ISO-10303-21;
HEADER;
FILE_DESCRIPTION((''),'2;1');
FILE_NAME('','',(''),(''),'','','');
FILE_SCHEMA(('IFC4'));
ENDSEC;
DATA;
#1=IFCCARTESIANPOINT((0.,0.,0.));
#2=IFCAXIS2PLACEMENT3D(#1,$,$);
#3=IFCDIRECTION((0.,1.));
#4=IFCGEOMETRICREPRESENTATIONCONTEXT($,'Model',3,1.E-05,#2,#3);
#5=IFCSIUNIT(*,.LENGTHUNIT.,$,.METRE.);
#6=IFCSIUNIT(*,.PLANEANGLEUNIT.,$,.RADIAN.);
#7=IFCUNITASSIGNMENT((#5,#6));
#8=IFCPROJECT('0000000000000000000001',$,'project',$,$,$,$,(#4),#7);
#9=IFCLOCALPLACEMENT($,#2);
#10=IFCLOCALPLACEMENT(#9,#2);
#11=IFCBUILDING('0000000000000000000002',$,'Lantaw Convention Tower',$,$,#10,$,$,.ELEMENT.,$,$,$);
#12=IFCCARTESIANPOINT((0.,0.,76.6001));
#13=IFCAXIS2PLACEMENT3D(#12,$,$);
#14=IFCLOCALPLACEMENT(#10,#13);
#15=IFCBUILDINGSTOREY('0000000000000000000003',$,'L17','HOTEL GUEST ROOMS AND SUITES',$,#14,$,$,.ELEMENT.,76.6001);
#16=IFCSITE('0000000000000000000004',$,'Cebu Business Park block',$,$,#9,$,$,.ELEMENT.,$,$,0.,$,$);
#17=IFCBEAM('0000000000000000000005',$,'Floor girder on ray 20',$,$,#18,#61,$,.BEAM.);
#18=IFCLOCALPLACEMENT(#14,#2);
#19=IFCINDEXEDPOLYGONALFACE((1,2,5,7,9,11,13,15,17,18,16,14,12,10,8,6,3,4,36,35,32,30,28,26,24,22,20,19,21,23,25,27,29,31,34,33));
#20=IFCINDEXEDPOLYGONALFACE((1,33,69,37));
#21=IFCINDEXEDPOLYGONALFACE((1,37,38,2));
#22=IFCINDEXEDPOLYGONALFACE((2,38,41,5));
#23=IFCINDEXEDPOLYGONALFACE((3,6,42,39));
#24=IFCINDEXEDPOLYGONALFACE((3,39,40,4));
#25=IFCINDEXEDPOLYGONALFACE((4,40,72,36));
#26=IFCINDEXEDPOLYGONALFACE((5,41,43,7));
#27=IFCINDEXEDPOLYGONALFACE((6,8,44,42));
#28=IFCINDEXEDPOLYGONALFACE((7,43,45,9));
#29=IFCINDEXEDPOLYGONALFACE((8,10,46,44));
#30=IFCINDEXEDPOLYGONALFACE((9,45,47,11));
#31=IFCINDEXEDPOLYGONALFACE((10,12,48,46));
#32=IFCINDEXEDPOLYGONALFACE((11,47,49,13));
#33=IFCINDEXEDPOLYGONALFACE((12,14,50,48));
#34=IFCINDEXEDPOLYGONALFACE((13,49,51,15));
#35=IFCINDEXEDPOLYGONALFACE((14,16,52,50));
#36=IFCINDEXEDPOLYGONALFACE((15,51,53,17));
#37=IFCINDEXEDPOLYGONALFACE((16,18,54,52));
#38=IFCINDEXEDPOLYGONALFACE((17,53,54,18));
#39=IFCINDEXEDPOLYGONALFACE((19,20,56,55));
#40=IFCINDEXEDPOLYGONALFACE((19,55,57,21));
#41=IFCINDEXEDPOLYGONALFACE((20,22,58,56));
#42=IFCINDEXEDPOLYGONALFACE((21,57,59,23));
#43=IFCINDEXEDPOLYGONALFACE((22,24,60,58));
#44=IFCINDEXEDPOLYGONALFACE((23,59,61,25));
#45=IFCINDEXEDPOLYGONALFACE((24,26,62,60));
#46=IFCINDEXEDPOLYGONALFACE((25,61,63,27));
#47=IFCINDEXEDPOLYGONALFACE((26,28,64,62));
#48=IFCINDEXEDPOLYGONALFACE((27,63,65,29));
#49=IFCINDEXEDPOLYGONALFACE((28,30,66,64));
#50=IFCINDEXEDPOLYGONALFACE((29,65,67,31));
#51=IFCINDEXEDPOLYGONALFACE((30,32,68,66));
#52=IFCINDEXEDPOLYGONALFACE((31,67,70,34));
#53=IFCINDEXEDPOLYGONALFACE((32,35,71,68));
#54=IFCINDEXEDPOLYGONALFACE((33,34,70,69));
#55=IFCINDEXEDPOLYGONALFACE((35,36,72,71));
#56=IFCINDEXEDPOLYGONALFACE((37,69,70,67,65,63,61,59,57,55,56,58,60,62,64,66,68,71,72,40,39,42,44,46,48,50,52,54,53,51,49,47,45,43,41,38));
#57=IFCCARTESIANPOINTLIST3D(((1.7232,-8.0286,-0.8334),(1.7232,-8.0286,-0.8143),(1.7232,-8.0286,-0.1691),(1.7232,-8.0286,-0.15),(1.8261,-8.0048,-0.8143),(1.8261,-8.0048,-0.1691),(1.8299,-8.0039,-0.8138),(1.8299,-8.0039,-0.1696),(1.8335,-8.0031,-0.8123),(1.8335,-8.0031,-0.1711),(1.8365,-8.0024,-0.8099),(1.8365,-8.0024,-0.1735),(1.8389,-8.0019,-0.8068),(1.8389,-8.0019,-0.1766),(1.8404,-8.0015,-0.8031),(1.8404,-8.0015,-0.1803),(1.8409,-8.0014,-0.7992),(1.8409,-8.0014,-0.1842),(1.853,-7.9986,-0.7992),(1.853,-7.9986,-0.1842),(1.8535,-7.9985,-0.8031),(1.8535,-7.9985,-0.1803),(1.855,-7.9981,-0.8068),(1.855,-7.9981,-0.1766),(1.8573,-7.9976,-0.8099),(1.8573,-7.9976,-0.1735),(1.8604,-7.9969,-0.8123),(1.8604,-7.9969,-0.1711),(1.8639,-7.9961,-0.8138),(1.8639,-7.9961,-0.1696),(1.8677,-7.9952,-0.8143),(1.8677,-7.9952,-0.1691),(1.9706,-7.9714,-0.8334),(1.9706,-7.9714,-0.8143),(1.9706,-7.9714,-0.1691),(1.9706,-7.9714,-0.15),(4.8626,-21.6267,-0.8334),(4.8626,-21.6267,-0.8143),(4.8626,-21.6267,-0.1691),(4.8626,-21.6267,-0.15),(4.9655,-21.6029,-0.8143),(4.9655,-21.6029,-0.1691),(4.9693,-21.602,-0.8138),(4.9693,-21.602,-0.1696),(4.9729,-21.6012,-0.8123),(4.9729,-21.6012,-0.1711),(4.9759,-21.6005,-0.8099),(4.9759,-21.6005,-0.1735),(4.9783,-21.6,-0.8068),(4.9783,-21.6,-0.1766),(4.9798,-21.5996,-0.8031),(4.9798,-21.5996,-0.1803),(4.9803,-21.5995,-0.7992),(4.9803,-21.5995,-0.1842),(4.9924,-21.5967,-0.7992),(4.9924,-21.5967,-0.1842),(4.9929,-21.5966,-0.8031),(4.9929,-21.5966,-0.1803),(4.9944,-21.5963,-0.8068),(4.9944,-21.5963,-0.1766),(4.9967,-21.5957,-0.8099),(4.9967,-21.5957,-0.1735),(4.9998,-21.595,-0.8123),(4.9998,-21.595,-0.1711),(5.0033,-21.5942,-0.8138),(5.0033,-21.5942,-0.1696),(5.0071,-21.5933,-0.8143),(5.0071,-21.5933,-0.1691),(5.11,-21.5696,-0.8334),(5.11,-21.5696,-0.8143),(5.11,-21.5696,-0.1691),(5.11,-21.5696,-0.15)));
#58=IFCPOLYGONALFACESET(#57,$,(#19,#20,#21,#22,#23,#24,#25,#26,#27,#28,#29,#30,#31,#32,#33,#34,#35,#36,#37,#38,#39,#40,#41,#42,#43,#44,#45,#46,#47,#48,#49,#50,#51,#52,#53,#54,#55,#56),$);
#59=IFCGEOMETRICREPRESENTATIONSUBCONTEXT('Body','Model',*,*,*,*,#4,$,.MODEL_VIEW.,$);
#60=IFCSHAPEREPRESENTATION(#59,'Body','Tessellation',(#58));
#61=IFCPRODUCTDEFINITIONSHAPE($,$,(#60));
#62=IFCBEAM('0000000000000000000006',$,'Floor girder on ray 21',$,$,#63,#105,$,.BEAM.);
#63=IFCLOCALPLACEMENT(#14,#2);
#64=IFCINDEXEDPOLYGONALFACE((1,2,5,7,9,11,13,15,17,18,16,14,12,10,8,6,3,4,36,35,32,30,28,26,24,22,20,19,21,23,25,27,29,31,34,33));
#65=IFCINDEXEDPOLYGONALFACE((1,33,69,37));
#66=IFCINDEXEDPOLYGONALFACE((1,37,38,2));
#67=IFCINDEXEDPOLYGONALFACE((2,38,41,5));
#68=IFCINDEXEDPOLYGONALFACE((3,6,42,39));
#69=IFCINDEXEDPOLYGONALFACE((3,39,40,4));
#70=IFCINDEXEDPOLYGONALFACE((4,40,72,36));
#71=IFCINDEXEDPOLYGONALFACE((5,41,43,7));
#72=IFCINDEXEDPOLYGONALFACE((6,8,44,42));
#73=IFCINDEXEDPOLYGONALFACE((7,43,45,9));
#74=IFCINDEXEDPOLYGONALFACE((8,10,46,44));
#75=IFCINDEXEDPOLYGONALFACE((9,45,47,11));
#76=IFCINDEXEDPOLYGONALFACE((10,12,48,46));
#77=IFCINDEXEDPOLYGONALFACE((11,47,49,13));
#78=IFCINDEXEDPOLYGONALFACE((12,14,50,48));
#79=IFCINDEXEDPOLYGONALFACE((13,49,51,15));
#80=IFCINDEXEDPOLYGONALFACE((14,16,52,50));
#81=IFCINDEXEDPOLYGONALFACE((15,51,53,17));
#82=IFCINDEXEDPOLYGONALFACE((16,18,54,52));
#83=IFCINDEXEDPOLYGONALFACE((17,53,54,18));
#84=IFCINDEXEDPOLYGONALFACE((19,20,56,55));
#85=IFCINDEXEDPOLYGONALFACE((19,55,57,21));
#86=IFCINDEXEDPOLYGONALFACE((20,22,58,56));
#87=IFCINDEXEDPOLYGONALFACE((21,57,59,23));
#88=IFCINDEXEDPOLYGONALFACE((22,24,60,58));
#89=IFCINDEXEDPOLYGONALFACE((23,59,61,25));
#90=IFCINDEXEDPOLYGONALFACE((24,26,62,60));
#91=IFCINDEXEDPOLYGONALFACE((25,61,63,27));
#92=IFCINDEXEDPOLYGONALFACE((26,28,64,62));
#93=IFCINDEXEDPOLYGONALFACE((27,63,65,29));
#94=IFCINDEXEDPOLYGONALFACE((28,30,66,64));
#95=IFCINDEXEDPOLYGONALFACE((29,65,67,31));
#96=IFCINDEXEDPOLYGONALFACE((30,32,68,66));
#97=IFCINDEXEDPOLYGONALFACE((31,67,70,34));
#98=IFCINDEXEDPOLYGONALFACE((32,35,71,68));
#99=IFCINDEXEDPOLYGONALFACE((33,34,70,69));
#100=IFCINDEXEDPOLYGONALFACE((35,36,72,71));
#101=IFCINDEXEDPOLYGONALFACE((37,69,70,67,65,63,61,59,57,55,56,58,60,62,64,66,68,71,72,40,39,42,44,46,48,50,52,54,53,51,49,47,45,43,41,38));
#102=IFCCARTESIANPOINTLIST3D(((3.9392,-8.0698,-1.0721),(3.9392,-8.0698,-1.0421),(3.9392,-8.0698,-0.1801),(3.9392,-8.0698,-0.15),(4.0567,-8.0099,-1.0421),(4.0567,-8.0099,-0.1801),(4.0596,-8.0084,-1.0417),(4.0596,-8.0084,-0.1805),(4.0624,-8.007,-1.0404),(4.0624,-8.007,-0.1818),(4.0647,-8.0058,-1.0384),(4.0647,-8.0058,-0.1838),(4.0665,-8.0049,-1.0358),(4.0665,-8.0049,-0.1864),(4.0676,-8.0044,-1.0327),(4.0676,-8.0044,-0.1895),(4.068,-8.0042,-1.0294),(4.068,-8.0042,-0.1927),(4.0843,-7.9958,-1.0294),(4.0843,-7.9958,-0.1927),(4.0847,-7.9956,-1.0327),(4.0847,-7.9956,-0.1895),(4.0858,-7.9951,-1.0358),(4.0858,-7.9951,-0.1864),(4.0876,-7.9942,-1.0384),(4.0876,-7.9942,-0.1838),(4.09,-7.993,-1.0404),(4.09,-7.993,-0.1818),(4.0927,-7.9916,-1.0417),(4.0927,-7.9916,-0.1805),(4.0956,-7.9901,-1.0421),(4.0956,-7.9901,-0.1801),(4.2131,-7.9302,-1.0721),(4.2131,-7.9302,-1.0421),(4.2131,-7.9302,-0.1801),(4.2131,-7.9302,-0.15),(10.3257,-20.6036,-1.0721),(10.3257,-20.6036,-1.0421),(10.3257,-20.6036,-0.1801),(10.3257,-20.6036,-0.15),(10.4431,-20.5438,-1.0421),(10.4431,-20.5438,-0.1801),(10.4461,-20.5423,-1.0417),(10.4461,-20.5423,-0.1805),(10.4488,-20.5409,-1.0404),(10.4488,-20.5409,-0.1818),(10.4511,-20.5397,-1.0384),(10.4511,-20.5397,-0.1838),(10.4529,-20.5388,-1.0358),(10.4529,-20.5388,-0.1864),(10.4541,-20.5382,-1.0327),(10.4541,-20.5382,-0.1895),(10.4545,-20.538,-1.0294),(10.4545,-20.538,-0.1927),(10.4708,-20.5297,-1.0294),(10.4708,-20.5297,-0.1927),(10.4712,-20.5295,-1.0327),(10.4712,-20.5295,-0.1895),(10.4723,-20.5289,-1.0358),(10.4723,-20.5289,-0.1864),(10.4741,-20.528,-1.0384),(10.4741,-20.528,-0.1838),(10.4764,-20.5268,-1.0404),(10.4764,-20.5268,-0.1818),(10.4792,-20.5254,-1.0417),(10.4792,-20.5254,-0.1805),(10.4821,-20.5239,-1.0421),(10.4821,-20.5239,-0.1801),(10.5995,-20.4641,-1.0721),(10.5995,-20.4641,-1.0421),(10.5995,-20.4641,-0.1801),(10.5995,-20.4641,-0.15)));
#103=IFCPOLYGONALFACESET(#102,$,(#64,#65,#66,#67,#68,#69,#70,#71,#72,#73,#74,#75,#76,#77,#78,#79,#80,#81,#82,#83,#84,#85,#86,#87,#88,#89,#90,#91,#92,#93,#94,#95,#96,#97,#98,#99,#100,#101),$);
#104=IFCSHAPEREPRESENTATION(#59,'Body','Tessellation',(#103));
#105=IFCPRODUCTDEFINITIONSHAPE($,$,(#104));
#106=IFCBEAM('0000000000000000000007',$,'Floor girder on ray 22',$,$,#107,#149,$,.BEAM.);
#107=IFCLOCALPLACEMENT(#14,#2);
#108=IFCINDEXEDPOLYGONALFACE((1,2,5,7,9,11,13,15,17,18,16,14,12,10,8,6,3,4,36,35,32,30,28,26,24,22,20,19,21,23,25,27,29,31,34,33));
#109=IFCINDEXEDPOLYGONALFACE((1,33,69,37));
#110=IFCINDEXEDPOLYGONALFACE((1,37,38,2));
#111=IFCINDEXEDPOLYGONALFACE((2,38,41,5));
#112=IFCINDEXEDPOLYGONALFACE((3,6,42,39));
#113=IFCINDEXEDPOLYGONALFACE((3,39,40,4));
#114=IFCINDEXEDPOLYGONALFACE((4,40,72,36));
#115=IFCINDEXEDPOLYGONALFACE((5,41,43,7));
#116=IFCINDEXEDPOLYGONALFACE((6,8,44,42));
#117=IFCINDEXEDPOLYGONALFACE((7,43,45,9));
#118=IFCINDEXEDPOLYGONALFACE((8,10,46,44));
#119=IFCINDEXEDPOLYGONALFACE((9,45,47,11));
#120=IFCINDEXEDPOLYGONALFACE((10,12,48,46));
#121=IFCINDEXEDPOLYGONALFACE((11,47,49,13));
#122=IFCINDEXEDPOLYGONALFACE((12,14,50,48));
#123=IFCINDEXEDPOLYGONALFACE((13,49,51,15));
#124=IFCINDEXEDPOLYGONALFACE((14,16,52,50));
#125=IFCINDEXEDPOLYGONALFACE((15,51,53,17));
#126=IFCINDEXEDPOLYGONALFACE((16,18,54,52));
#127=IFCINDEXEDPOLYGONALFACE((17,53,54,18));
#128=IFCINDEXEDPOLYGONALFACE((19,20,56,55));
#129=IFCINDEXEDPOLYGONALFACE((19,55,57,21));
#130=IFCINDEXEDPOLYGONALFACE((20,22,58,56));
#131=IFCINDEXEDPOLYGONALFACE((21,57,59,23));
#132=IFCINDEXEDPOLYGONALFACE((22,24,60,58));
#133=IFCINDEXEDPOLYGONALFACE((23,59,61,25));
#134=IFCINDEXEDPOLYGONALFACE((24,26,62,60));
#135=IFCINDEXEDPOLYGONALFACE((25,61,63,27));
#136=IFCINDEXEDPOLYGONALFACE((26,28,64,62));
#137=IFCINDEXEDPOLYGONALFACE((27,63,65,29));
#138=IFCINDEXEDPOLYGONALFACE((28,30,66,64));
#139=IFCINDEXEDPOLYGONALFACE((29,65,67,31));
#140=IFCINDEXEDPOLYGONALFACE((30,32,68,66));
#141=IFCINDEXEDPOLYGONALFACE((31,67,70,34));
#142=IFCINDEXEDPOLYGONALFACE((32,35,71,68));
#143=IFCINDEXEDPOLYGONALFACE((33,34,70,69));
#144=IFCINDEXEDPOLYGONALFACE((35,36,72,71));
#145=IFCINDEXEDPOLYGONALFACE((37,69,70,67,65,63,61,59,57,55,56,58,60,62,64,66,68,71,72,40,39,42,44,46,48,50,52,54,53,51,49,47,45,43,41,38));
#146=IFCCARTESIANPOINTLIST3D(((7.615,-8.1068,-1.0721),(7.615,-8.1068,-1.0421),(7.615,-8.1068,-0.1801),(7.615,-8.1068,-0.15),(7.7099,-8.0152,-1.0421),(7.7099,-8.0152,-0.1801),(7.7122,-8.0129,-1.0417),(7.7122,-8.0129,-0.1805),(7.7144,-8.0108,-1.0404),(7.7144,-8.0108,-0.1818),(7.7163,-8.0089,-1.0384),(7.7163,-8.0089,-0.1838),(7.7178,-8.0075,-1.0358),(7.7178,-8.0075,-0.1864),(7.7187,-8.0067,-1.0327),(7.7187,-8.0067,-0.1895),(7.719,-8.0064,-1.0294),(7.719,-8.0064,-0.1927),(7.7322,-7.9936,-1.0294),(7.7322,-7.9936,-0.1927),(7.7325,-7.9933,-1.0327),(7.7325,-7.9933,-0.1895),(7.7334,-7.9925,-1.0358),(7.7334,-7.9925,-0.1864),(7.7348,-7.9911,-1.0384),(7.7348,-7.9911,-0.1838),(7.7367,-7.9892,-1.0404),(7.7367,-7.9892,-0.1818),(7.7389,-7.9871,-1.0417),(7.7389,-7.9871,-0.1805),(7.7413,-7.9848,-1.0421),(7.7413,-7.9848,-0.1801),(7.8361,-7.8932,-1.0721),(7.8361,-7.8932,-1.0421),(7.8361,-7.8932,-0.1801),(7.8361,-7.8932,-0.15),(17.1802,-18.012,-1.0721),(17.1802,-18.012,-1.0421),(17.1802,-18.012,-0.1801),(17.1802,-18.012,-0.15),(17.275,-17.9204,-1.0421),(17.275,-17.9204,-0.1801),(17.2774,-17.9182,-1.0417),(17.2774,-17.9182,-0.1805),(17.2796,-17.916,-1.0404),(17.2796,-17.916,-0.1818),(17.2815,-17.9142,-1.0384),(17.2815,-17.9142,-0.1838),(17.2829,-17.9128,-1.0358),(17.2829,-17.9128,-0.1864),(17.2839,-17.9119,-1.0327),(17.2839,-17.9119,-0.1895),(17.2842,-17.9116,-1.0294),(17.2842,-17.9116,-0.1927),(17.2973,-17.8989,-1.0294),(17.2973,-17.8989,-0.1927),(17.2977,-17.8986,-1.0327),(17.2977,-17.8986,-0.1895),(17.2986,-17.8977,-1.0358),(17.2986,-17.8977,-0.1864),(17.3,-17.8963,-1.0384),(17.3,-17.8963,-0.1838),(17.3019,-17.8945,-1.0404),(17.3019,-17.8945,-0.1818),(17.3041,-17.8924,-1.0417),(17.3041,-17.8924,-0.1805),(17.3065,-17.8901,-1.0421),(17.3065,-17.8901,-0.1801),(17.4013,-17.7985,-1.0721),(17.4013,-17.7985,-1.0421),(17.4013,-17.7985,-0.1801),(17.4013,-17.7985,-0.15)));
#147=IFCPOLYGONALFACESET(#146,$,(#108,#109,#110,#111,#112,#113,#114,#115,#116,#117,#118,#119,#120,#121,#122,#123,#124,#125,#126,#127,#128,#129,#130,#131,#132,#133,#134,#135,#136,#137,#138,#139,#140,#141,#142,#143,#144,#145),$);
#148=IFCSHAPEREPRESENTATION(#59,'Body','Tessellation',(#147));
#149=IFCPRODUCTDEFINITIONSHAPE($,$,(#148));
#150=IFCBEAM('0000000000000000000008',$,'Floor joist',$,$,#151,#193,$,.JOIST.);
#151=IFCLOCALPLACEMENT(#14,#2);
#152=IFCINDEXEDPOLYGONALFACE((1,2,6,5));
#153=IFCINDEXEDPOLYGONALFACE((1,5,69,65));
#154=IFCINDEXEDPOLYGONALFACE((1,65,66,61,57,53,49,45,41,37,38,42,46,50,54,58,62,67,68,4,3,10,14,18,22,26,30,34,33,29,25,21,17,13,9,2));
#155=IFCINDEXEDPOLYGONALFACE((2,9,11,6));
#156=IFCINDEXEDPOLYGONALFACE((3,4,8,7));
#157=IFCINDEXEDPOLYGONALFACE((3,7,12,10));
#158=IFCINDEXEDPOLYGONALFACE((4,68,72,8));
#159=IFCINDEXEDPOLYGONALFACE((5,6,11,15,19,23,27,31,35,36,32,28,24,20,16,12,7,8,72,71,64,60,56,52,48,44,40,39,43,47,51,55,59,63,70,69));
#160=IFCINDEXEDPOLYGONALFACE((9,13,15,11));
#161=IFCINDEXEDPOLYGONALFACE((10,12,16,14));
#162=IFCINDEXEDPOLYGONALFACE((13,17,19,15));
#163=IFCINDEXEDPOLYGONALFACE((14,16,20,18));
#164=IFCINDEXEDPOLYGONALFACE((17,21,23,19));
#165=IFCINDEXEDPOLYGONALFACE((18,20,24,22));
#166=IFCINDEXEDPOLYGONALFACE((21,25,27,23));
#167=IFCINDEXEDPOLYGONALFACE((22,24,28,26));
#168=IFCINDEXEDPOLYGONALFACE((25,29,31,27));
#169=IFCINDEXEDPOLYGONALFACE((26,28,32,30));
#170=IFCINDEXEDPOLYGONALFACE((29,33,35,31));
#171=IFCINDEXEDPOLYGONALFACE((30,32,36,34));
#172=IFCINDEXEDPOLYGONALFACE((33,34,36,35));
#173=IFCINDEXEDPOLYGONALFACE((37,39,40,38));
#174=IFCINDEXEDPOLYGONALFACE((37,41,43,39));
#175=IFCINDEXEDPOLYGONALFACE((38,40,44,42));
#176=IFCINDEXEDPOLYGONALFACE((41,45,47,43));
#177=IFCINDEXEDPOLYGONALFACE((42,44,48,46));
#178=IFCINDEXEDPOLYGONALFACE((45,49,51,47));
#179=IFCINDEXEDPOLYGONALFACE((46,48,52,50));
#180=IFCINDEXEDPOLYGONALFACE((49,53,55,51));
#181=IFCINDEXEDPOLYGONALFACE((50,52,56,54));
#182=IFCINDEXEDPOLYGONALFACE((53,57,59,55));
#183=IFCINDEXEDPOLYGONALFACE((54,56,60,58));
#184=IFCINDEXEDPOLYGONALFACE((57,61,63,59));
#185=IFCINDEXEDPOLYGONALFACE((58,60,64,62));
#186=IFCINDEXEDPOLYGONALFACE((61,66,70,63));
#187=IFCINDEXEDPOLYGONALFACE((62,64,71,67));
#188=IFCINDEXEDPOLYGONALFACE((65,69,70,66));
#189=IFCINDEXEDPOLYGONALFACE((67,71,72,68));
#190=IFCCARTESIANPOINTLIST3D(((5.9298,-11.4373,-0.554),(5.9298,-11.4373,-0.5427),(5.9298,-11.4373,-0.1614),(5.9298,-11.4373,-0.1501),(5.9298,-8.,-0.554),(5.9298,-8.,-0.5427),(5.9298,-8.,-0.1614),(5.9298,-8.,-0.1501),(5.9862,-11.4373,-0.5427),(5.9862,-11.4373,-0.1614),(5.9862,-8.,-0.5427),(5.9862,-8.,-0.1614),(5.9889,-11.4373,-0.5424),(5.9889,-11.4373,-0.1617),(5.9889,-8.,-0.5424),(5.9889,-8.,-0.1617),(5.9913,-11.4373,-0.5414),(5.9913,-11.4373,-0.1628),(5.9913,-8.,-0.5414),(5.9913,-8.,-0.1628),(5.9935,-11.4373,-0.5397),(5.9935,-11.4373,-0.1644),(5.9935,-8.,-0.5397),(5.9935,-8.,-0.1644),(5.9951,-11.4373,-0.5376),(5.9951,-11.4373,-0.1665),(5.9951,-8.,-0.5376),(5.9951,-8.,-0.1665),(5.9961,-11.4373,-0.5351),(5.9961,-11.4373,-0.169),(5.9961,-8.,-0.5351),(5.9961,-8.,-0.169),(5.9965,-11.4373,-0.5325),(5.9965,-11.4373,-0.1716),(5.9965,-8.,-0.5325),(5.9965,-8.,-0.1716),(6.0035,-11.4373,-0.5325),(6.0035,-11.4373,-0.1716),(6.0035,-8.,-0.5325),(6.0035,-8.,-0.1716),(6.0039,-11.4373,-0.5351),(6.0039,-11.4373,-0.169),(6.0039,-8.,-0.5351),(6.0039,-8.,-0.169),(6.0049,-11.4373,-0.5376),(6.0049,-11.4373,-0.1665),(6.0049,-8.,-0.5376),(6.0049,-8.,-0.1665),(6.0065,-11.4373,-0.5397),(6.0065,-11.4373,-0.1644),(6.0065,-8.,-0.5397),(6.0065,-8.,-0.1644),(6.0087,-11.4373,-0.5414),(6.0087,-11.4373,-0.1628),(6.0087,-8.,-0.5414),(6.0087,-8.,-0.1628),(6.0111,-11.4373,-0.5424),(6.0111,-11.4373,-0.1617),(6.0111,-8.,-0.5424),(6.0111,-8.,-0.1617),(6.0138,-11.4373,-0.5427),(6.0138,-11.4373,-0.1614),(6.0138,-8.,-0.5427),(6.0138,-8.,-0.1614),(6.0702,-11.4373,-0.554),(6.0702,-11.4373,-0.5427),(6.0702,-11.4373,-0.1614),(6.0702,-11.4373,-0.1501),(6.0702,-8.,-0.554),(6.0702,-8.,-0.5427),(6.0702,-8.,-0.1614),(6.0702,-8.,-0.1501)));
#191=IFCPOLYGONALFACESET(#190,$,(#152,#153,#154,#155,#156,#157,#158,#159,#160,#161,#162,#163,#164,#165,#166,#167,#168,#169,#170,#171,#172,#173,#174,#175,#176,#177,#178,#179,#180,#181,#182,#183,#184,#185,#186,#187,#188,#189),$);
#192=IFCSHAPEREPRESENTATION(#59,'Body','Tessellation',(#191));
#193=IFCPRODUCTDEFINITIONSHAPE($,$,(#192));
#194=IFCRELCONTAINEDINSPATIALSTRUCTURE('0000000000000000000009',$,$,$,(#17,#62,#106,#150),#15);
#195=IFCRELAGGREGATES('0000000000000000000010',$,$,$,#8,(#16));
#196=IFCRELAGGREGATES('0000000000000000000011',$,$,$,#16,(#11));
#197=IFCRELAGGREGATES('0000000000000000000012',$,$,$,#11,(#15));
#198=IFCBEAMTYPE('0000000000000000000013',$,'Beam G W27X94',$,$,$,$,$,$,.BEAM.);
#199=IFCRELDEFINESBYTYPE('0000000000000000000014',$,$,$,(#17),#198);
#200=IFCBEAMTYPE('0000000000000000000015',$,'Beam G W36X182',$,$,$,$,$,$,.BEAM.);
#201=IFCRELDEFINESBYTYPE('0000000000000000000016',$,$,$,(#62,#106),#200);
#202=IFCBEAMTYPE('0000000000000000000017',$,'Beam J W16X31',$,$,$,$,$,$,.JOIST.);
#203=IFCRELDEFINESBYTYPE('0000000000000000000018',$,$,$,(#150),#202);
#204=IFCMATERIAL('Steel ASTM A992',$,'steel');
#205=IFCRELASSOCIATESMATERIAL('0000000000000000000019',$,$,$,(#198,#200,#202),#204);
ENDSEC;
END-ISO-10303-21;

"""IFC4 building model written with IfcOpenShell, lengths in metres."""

from ifc_helpers import new_model, si_unit, direction, frame, origin, origin_2d, place, context, subcontext, project, spatial, i_section, extrude, material, material_profile, profile_set, type_object, element, save


model = new_model("IFC4")

# Units and contexts
model_context = context("Model", 3, precision=1e-05, world=origin(), true_north=direction((0.0, 1.0)))
body_context = subcontext(model_context, "Body", "Model", "MODEL_VIEW")
ifc_project = project(units=[si_unit("LENGTHUNIT", "METRE"), si_unit("PLANEANGLEUNIT", "RADIAN")], contexts=[model_context])

# Site, building, storey
site_placement = place(None, origin())
site = spatial("IfcSite", under=ifc_project, at=site_placement, Name="Cebu Business Park block", CompositionType="ELEMENT", RefElevation=0.0)
building_placement = place(site_placement, origin())
building = spatial("IfcBuilding", under=site, at=building_placement, Name="Lantaw Convention Tower", CompositionType="ELEMENT")
storey_placement = place(building_placement, frame((0.0, 0.0, 76.6001)))
storey = spatial("IfcBuildingStorey", under=building, at=storey_placement, Name="L17", Description="HOTEL GUEST ROOMS AND SUITES", CompositionType="ELEMENT", Elevation=76.6001)

# Beams
ifc_material_1 = material(Name="Steel ASTM A992", Category="steel")
ifc_material_profile_1 = material_profile(ifc_material_1, i_section(OverallWidth=0.2539, OverallDepth=0.6833, WebThickness=0.0125, FlangeThickness=0.019, FilletRadius=0.0151, at=origin_2d()), Name="W27X94")
ifc_profile_set_1 = profile_set([ifc_material_profile_1], Name="Steel ASTM A992")
beam_type_1 = type_object("IfcBeamType", Name="Beam G W27X94", PredefinedType="BEAM", material=ifc_profile_set_1)
beam_1_placement = place(storey_placement, frame((1.8469, -8.0, -0.4917), z_axis=(0.224953, -0.97437, 0.0), x_axis=(0.97437, 0.224953, 0.0)))
element("IfcBeam", 1, at=beam_1_placement, inside=storey, type_object=beam_type_1, Name="Floor girder on ray 20", PredefinedType="BEAM", context=body_context, shape_type="SweptSolid", body=[
    extrude(i_section(OverallWidth=0.2539, OverallDepth=0.6833, WebThickness=0.0125, FlangeThickness=0.019, FilletRadius=0.0151, at=origin_2d()), origin(), (0.0, 0.0, 1.0), 13.9558),
])
ifc_material_profile_2 = material_profile(ifc_material_1, i_section(OverallWidth=0.3074, OverallDepth=0.9221, WebThickness=0.0183, FlangeThickness=0.03, FilletRadius=0.0127, at=origin_2d()), Name="W36X182")
ifc_profile_set_2 = profile_set([ifc_material_profile_2], Name="Steel ASTM A992")
beam_type_2 = type_object("IfcBeamType", Name="Beam G W36X182", PredefinedType="BEAM", material=ifc_profile_set_2)
beam_2_placement = place(storey_placement, frame((4.0762, -8.0, -0.6111), z_axis=(0.453997, -0.891003, 0.0), x_axis=(0.891003, 0.453997, 0.0)))
element("IfcBeam", 2, at=beam_2_placement, inside=storey, type_object=beam_type_2, Name="Floor girder on ray 21", PredefinedType="BEAM", context=body_context, shape_type="SweptSolid", body=[
    extrude(i_section(OverallWidth=0.3074, OverallDepth=0.9221, WebThickness=0.0183, FlangeThickness=0.03, FilletRadius=0.0127, at=origin_2d()), origin(), (0.0, 0.0, 1.0), 14.0671),
])
beam_3_placement = place(storey_placement, frame((7.7256, -8.0, -0.6111), z_axis=(0.69465, -0.719348, 0.0), x_axis=(0.719348, 0.69465, 0.0)))
element("IfcBeam", 3, at=beam_3_placement, inside=storey, type_object=beam_type_2, Name="Floor girder on ray 22", PredefinedType="BEAM", context=body_context, shape_type="SweptSolid", body=[
    extrude(i_section(OverallWidth=0.3074, OverallDepth=0.9221, WebThickness=0.0183, FlangeThickness=0.03, FilletRadius=0.0127, at=origin_2d()), origin(), (0.0, 0.0, 1.0), 13.7698),
])
ifc_material_profile_3 = material_profile(ifc_material_1, i_section(OverallWidth=0.1404, OverallDepth=0.4038, WebThickness=0.0071, FlangeThickness=0.0112, FilletRadius=0.0103, at=origin_2d()), Name="W16X31")
ifc_profile_set_3 = profile_set([ifc_material_profile_3], Name="Steel ASTM A992")
beam_type_3 = type_object("IfcBeamType", Name="Beam J W16X31", PredefinedType="JOIST", material=ifc_profile_set_3)
beam_4_placement = place(storey_placement, frame((6.0, -11.4373, -0.3521), z_axis=(0.0, 1.0, 0.0), x_axis=(-1.0, 0.0, 0.0)))
element("IfcBeam", 4, at=beam_4_placement, inside=storey, type_object=beam_type_3, Name="Floor joist", PredefinedType="JOIST", context=body_context, shape_type="SweptSolid", body=[
    extrude(i_section(OverallWidth=0.1404, OverallDepth=0.4038, WebThickness=0.0071, FlangeThickness=0.0112, FilletRadius=0.0103, at=origin_2d()), origin(), (0.0, 0.0, 1.0), 3.4373),
])

save(model, "model.ifc")
